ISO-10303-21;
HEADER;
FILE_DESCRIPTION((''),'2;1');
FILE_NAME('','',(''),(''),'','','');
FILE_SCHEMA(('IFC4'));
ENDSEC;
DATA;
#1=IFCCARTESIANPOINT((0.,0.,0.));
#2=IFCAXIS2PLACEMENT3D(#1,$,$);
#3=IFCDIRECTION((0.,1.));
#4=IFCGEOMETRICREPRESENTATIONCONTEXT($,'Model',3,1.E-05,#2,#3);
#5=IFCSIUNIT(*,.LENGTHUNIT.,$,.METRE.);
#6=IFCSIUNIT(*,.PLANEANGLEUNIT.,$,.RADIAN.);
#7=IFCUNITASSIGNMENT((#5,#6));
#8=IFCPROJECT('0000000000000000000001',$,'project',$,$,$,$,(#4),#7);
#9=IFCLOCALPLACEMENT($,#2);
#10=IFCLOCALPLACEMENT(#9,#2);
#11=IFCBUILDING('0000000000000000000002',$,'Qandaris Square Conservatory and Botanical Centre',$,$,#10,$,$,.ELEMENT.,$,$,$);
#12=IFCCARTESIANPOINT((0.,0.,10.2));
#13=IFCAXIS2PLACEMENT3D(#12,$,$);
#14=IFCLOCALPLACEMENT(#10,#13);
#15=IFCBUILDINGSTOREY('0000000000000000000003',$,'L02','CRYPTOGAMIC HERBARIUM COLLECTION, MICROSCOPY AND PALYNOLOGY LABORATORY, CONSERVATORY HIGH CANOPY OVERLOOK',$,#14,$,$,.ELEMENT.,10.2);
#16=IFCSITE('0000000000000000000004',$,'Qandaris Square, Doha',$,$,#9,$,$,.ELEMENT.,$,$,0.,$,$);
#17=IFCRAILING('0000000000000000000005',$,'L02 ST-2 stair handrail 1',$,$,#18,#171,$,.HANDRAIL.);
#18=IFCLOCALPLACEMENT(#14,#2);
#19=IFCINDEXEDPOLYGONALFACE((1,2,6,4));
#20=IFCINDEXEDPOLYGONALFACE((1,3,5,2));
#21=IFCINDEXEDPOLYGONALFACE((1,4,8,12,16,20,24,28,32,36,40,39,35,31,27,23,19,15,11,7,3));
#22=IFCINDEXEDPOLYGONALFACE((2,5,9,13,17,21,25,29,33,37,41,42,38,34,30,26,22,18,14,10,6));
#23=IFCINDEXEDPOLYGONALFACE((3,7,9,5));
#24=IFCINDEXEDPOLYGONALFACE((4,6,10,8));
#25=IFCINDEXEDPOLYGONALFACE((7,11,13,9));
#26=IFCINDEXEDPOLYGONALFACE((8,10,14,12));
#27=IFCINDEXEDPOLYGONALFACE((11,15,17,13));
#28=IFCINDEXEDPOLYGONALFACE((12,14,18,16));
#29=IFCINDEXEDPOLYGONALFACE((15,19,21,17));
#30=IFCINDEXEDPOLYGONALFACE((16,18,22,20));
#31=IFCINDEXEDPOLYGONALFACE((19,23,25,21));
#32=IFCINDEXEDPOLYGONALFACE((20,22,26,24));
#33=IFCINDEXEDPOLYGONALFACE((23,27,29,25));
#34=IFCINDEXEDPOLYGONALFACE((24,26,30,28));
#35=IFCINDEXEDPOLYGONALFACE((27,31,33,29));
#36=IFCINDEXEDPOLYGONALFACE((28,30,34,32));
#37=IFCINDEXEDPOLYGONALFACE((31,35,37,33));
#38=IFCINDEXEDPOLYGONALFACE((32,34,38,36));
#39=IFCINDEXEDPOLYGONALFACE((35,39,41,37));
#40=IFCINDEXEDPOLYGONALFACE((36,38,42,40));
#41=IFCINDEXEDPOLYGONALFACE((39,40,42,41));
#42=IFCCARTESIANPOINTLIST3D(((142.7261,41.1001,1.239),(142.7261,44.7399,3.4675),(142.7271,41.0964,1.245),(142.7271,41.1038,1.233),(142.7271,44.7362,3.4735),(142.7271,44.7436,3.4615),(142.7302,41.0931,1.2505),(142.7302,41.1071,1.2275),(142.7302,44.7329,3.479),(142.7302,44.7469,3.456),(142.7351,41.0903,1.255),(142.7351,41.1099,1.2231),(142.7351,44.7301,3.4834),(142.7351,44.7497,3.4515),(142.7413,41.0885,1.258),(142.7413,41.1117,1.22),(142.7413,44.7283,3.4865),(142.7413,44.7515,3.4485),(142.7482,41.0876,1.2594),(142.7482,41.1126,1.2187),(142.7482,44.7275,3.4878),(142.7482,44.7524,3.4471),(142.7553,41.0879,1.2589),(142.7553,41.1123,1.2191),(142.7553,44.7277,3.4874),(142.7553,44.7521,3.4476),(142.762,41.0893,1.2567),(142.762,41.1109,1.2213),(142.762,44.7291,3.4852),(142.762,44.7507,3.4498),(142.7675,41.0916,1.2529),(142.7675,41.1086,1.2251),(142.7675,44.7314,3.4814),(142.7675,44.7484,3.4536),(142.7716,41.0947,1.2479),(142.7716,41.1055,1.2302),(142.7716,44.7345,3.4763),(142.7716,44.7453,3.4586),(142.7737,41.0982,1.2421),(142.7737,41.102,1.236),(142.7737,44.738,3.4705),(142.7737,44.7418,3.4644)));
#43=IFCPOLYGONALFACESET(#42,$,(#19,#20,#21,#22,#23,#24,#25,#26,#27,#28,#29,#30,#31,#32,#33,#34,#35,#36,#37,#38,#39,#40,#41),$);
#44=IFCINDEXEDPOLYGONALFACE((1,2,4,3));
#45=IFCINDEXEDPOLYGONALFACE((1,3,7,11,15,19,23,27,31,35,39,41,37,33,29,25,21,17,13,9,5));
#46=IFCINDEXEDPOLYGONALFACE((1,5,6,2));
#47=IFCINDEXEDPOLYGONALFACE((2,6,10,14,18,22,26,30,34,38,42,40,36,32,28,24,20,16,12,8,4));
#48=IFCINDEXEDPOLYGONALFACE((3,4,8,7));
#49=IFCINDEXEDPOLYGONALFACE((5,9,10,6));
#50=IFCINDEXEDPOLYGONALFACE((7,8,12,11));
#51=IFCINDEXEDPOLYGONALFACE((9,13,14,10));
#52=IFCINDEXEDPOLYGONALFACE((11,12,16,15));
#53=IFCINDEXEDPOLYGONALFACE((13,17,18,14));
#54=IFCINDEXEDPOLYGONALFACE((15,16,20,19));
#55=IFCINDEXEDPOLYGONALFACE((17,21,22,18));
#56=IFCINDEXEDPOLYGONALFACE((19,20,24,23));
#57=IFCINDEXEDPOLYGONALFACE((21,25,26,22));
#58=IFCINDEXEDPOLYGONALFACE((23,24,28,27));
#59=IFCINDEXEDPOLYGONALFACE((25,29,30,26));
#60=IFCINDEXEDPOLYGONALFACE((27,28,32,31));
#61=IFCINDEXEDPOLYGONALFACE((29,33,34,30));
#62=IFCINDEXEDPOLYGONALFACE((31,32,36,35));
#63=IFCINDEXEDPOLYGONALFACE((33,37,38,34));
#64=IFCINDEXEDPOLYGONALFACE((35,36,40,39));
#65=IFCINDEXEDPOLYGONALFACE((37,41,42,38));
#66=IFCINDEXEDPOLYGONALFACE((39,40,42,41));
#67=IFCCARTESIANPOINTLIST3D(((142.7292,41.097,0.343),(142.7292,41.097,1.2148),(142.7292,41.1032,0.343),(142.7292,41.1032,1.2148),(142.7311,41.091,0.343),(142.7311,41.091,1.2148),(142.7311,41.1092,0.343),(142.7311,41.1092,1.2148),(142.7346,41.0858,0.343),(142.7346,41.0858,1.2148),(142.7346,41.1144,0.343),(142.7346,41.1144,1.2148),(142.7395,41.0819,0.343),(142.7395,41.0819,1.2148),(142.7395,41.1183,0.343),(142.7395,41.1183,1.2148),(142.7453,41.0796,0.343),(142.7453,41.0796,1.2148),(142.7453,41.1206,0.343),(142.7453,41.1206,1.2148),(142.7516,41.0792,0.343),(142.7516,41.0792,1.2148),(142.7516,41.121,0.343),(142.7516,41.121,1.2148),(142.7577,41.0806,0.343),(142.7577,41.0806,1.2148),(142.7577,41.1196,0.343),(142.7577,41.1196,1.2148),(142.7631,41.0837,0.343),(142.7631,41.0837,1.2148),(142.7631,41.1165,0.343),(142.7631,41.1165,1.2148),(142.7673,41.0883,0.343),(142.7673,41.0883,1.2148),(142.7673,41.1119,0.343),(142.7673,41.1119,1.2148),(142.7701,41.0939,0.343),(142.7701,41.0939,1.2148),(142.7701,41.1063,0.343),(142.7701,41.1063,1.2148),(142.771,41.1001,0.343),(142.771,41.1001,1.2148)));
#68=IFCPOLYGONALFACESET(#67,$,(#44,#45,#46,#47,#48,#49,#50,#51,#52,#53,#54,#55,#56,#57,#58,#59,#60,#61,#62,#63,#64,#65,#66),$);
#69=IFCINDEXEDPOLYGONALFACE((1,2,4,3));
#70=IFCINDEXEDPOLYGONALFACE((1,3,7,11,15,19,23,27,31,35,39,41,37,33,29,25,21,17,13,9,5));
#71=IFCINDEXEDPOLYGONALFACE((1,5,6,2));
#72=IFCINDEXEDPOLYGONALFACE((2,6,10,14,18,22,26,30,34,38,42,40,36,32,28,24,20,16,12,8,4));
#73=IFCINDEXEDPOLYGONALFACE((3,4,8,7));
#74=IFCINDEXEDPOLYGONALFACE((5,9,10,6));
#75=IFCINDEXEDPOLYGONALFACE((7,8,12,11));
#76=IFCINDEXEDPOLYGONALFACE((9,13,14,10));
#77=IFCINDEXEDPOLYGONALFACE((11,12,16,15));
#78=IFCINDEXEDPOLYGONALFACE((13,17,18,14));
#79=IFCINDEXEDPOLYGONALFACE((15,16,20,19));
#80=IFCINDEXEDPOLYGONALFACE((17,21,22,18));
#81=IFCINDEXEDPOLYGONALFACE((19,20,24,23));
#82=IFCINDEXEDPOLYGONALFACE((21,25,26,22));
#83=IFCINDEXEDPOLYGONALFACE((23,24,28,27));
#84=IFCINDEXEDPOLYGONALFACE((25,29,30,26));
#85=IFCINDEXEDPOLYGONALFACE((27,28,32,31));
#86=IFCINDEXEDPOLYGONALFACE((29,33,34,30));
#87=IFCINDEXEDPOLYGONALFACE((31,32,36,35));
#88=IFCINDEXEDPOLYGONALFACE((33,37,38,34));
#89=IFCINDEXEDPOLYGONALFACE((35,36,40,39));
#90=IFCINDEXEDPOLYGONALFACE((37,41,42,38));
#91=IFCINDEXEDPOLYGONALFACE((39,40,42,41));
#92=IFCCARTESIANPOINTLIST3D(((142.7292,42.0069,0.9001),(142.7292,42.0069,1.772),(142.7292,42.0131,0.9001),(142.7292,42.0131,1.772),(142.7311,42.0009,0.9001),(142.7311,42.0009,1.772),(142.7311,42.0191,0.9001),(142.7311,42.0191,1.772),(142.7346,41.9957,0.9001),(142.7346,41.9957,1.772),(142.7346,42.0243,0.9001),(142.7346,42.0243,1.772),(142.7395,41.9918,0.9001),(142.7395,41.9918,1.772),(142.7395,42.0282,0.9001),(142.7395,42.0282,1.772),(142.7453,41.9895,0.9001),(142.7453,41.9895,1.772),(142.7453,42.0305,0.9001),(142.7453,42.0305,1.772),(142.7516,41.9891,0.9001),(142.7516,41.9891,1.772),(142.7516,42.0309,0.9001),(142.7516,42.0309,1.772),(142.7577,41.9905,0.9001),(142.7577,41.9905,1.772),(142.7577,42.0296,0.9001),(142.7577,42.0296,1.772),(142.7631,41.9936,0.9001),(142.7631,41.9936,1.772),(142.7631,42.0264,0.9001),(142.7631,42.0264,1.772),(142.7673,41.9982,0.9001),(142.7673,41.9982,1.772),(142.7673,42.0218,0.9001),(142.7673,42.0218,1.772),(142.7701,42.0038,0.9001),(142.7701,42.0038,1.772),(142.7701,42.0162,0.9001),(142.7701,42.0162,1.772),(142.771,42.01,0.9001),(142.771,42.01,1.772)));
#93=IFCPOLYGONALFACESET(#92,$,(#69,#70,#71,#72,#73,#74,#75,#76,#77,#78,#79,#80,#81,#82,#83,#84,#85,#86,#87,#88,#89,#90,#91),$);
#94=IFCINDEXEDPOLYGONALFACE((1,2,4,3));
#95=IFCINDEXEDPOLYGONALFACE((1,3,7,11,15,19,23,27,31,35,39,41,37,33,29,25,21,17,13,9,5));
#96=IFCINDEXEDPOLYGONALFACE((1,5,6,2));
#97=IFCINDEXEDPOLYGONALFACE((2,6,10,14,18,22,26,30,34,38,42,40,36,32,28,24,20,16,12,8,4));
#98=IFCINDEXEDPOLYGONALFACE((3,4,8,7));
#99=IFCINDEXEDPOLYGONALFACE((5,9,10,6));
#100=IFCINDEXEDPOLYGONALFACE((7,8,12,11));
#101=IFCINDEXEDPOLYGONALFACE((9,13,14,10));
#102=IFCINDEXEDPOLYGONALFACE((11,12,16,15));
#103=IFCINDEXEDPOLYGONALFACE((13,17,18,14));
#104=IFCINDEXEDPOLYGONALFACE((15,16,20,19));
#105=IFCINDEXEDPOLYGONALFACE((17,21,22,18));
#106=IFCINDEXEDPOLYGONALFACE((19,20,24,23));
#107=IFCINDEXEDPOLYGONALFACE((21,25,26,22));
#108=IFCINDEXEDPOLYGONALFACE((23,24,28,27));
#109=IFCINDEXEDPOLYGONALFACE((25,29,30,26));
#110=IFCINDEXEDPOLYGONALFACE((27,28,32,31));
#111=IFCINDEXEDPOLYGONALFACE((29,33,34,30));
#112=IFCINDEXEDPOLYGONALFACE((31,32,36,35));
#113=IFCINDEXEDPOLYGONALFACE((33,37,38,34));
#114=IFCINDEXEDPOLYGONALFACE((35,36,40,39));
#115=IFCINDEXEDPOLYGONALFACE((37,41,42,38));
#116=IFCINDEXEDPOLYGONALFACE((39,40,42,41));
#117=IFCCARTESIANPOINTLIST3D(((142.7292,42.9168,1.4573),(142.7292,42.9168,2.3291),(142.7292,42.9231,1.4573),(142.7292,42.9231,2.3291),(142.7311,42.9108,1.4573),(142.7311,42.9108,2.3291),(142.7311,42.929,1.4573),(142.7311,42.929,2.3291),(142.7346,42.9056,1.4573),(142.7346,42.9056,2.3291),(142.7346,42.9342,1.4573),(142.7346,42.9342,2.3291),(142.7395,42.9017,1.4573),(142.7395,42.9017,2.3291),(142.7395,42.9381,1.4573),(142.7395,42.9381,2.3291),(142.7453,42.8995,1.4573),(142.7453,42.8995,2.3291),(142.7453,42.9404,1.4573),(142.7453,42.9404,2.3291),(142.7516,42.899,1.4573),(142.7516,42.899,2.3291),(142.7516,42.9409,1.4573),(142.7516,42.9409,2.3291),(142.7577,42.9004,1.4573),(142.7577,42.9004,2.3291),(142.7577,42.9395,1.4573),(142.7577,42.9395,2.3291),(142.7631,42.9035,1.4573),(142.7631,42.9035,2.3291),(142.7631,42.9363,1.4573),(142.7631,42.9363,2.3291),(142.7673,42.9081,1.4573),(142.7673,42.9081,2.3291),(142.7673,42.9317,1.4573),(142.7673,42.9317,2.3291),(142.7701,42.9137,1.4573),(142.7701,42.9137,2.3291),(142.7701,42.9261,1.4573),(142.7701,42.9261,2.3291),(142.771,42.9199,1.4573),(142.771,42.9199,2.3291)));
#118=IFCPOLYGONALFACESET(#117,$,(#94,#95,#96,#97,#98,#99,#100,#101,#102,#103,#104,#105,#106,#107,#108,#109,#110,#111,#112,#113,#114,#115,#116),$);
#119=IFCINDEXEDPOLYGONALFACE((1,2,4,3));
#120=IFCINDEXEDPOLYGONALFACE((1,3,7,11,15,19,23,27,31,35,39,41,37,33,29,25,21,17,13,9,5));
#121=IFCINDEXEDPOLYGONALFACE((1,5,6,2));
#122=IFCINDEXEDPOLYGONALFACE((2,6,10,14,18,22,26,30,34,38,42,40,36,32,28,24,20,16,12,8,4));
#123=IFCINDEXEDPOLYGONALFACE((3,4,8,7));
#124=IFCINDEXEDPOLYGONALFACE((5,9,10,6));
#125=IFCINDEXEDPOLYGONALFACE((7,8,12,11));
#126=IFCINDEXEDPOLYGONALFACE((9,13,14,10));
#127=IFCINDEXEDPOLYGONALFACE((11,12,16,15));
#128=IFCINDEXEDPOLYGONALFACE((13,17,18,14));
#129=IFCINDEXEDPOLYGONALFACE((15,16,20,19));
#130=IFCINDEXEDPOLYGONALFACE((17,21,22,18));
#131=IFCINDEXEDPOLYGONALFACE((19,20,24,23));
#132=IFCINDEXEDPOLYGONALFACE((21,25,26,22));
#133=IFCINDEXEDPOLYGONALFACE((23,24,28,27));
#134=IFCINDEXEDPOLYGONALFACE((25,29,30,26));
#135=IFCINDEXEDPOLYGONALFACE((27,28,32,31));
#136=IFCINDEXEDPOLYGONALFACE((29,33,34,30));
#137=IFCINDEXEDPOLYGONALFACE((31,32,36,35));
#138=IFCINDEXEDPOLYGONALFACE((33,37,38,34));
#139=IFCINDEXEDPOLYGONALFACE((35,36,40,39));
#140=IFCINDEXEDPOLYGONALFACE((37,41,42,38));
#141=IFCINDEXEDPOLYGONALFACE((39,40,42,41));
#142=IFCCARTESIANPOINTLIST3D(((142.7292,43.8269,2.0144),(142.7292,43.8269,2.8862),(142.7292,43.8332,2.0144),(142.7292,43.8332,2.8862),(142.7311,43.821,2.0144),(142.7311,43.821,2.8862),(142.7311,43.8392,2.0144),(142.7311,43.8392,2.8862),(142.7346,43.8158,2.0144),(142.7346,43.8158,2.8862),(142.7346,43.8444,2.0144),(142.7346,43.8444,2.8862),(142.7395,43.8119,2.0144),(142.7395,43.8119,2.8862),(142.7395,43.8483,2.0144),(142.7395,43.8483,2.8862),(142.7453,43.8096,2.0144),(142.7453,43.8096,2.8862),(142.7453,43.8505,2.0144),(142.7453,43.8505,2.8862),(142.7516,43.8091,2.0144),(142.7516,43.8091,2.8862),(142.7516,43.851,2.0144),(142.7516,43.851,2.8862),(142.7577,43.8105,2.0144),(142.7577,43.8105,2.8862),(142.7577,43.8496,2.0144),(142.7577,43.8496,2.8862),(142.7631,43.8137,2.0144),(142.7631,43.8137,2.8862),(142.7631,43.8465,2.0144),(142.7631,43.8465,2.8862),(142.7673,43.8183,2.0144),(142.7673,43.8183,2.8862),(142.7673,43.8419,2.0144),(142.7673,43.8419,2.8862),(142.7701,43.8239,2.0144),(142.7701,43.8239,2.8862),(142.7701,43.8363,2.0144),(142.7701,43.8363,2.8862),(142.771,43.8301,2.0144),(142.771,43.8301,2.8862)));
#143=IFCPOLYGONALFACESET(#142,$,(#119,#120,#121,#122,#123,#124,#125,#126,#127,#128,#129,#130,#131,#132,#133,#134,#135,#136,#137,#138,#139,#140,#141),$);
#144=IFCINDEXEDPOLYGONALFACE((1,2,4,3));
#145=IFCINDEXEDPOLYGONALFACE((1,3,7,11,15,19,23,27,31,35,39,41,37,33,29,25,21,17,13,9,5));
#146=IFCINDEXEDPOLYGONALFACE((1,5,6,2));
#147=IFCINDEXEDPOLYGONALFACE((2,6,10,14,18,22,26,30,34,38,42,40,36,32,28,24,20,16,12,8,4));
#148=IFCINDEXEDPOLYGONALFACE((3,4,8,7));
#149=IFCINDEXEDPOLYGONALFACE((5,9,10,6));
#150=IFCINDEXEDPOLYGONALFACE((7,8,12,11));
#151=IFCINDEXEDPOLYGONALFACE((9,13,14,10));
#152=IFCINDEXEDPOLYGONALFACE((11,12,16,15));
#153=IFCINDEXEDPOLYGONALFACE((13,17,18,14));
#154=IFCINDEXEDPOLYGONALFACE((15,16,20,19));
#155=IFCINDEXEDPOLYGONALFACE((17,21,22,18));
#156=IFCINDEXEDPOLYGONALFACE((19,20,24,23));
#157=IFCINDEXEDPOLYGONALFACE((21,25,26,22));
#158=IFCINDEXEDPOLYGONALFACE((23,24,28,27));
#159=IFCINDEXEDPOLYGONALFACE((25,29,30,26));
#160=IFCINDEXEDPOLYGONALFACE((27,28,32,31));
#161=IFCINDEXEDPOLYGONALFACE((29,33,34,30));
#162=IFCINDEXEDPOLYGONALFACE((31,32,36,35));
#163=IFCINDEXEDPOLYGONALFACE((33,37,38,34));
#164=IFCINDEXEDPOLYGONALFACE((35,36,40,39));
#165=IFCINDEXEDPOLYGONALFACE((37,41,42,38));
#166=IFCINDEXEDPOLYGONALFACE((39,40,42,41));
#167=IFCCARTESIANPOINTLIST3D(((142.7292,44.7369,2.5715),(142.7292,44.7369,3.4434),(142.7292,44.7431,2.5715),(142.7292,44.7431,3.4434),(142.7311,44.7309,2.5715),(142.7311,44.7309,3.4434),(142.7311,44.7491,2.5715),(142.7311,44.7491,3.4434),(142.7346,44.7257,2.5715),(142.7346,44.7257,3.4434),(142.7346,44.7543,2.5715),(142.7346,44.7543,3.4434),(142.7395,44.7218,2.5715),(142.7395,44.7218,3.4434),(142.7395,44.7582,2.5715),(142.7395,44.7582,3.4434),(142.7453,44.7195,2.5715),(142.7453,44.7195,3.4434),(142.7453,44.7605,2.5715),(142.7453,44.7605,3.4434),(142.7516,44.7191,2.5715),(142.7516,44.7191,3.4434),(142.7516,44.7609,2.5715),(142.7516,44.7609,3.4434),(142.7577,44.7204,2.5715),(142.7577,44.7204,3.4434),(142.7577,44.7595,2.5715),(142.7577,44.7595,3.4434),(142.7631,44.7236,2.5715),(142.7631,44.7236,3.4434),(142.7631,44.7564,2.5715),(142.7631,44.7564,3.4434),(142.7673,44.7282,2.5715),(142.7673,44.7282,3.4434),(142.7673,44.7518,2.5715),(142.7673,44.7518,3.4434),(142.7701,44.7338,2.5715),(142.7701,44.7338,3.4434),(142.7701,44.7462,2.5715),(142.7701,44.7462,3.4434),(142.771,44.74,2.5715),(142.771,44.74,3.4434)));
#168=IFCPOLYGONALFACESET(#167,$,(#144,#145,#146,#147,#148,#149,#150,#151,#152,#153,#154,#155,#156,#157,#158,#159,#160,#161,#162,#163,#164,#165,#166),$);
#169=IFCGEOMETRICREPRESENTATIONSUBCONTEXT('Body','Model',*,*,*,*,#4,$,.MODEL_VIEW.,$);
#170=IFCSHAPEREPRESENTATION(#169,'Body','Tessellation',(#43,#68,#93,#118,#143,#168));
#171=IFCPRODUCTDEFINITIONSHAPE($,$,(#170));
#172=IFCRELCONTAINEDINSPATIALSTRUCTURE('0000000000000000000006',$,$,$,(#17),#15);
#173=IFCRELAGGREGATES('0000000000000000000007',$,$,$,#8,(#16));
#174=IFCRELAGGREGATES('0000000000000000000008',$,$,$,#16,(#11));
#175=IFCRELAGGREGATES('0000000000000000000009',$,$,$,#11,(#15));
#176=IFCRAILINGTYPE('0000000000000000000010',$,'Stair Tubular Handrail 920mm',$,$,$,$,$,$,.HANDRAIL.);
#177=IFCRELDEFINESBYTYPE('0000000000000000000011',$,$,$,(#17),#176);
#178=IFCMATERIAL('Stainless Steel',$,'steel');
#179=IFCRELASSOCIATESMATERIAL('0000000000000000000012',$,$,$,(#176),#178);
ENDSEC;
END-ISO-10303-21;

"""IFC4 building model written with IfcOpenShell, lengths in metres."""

from ifc_helpers import new_model, si_unit, direction, frame, origin, origin_2d, place, context, subcontext, project, spatial, circle, extrude, material, type_object, element, save


model = new_model("IFC4")

# Units and contexts
model_context = context("Model", 3, precision=1e-05, world=origin(), true_north=direction((0.0, 1.0)))
body_context = subcontext(model_context, "Body", "Model", "MODEL_VIEW")
ifc_project = project(units=[si_unit("LENGTHUNIT", "METRE"), si_unit("PLANEANGLEUNIT", "RADIAN")], contexts=[model_context])

# Site, building, storey
site_placement = place(None, origin())
site = spatial("IfcSite", under=ifc_project, at=site_placement, Name="Qandaris Square, Doha", CompositionType="ELEMENT", RefElevation=0.0)
building_placement = place(site_placement, origin())
building = spatial("IfcBuilding", under=site, at=building_placement, Name="Qandaris Square Conservatory and Botanical Centre", CompositionType="ELEMENT")
storey_placement = place(building_placement, frame((0.0, 0.0, 10.2)))
storey = spatial("IfcBuildingStorey", under=building, at=storey_placement, Name="L02", Description="CRYPTOGAMIC HERBARIUM COLLECTION, MICROSCOPY AND PALYNOLOGY LABORATORY, CONSERVATORY HIGH CANOPY OVERLOOK", CompositionType="ELEMENT", Elevation=10.2)

# Railing
ifc_material_1 = material(Name="Stainless Steel", Category="steel")
railing_type_1 = type_object("IfcRailingType", Name="Stair Tubular Handrail 920mm", PredefinedType="HANDRAIL", material=ifc_material_1)
railing_1_placement = place(storey_placement, frame((142.75, 41.1001, 0.343)))
element("IfcRailing", 1, at=railing_1_placement, inside=storey, type_object=railing_type_1, Name="L02 ST-2 stair handrail 1", PredefinedType="HANDRAIL", context=body_context, shape_type="SweptSolid", body=[
    extrude(circle(Radius=0.0239, at=origin_2d()), frame((0.0, 0.0, 0.896), z_axis=(0.0, 0.85285, 0.522156), x_axis=(-1.0, 0.0, 0.0)), (0.0, 0.0, 1.0), 4.2678),
    extrude(circle(Radius=0.021, at=origin_2d()), origin(), (0.0, 0.0, 1.0), 0.8718),
    extrude(circle(Radius=0.021, at=origin_2d()), frame((0.0, 0.9099, 0.5571)), (0.0, 0.0, 1.0), 0.8718),
    extrude(circle(Radius=0.021, at=origin_2d()), frame((0.0, 1.8198, 1.1143)), (0.0, 0.0, 1.0), 0.8718),
    extrude(circle(Radius=0.021, at=origin_2d()), frame((0.0, 2.73, 1.6714)), (0.0, 0.0, 1.0), 0.8718),
    extrude(circle(Radius=0.021, at=origin_2d()), frame((0.0, 3.6399, 2.2285)), (0.0, 0.0, 1.0), 0.8718),
])

save(model, "model.ifc")
